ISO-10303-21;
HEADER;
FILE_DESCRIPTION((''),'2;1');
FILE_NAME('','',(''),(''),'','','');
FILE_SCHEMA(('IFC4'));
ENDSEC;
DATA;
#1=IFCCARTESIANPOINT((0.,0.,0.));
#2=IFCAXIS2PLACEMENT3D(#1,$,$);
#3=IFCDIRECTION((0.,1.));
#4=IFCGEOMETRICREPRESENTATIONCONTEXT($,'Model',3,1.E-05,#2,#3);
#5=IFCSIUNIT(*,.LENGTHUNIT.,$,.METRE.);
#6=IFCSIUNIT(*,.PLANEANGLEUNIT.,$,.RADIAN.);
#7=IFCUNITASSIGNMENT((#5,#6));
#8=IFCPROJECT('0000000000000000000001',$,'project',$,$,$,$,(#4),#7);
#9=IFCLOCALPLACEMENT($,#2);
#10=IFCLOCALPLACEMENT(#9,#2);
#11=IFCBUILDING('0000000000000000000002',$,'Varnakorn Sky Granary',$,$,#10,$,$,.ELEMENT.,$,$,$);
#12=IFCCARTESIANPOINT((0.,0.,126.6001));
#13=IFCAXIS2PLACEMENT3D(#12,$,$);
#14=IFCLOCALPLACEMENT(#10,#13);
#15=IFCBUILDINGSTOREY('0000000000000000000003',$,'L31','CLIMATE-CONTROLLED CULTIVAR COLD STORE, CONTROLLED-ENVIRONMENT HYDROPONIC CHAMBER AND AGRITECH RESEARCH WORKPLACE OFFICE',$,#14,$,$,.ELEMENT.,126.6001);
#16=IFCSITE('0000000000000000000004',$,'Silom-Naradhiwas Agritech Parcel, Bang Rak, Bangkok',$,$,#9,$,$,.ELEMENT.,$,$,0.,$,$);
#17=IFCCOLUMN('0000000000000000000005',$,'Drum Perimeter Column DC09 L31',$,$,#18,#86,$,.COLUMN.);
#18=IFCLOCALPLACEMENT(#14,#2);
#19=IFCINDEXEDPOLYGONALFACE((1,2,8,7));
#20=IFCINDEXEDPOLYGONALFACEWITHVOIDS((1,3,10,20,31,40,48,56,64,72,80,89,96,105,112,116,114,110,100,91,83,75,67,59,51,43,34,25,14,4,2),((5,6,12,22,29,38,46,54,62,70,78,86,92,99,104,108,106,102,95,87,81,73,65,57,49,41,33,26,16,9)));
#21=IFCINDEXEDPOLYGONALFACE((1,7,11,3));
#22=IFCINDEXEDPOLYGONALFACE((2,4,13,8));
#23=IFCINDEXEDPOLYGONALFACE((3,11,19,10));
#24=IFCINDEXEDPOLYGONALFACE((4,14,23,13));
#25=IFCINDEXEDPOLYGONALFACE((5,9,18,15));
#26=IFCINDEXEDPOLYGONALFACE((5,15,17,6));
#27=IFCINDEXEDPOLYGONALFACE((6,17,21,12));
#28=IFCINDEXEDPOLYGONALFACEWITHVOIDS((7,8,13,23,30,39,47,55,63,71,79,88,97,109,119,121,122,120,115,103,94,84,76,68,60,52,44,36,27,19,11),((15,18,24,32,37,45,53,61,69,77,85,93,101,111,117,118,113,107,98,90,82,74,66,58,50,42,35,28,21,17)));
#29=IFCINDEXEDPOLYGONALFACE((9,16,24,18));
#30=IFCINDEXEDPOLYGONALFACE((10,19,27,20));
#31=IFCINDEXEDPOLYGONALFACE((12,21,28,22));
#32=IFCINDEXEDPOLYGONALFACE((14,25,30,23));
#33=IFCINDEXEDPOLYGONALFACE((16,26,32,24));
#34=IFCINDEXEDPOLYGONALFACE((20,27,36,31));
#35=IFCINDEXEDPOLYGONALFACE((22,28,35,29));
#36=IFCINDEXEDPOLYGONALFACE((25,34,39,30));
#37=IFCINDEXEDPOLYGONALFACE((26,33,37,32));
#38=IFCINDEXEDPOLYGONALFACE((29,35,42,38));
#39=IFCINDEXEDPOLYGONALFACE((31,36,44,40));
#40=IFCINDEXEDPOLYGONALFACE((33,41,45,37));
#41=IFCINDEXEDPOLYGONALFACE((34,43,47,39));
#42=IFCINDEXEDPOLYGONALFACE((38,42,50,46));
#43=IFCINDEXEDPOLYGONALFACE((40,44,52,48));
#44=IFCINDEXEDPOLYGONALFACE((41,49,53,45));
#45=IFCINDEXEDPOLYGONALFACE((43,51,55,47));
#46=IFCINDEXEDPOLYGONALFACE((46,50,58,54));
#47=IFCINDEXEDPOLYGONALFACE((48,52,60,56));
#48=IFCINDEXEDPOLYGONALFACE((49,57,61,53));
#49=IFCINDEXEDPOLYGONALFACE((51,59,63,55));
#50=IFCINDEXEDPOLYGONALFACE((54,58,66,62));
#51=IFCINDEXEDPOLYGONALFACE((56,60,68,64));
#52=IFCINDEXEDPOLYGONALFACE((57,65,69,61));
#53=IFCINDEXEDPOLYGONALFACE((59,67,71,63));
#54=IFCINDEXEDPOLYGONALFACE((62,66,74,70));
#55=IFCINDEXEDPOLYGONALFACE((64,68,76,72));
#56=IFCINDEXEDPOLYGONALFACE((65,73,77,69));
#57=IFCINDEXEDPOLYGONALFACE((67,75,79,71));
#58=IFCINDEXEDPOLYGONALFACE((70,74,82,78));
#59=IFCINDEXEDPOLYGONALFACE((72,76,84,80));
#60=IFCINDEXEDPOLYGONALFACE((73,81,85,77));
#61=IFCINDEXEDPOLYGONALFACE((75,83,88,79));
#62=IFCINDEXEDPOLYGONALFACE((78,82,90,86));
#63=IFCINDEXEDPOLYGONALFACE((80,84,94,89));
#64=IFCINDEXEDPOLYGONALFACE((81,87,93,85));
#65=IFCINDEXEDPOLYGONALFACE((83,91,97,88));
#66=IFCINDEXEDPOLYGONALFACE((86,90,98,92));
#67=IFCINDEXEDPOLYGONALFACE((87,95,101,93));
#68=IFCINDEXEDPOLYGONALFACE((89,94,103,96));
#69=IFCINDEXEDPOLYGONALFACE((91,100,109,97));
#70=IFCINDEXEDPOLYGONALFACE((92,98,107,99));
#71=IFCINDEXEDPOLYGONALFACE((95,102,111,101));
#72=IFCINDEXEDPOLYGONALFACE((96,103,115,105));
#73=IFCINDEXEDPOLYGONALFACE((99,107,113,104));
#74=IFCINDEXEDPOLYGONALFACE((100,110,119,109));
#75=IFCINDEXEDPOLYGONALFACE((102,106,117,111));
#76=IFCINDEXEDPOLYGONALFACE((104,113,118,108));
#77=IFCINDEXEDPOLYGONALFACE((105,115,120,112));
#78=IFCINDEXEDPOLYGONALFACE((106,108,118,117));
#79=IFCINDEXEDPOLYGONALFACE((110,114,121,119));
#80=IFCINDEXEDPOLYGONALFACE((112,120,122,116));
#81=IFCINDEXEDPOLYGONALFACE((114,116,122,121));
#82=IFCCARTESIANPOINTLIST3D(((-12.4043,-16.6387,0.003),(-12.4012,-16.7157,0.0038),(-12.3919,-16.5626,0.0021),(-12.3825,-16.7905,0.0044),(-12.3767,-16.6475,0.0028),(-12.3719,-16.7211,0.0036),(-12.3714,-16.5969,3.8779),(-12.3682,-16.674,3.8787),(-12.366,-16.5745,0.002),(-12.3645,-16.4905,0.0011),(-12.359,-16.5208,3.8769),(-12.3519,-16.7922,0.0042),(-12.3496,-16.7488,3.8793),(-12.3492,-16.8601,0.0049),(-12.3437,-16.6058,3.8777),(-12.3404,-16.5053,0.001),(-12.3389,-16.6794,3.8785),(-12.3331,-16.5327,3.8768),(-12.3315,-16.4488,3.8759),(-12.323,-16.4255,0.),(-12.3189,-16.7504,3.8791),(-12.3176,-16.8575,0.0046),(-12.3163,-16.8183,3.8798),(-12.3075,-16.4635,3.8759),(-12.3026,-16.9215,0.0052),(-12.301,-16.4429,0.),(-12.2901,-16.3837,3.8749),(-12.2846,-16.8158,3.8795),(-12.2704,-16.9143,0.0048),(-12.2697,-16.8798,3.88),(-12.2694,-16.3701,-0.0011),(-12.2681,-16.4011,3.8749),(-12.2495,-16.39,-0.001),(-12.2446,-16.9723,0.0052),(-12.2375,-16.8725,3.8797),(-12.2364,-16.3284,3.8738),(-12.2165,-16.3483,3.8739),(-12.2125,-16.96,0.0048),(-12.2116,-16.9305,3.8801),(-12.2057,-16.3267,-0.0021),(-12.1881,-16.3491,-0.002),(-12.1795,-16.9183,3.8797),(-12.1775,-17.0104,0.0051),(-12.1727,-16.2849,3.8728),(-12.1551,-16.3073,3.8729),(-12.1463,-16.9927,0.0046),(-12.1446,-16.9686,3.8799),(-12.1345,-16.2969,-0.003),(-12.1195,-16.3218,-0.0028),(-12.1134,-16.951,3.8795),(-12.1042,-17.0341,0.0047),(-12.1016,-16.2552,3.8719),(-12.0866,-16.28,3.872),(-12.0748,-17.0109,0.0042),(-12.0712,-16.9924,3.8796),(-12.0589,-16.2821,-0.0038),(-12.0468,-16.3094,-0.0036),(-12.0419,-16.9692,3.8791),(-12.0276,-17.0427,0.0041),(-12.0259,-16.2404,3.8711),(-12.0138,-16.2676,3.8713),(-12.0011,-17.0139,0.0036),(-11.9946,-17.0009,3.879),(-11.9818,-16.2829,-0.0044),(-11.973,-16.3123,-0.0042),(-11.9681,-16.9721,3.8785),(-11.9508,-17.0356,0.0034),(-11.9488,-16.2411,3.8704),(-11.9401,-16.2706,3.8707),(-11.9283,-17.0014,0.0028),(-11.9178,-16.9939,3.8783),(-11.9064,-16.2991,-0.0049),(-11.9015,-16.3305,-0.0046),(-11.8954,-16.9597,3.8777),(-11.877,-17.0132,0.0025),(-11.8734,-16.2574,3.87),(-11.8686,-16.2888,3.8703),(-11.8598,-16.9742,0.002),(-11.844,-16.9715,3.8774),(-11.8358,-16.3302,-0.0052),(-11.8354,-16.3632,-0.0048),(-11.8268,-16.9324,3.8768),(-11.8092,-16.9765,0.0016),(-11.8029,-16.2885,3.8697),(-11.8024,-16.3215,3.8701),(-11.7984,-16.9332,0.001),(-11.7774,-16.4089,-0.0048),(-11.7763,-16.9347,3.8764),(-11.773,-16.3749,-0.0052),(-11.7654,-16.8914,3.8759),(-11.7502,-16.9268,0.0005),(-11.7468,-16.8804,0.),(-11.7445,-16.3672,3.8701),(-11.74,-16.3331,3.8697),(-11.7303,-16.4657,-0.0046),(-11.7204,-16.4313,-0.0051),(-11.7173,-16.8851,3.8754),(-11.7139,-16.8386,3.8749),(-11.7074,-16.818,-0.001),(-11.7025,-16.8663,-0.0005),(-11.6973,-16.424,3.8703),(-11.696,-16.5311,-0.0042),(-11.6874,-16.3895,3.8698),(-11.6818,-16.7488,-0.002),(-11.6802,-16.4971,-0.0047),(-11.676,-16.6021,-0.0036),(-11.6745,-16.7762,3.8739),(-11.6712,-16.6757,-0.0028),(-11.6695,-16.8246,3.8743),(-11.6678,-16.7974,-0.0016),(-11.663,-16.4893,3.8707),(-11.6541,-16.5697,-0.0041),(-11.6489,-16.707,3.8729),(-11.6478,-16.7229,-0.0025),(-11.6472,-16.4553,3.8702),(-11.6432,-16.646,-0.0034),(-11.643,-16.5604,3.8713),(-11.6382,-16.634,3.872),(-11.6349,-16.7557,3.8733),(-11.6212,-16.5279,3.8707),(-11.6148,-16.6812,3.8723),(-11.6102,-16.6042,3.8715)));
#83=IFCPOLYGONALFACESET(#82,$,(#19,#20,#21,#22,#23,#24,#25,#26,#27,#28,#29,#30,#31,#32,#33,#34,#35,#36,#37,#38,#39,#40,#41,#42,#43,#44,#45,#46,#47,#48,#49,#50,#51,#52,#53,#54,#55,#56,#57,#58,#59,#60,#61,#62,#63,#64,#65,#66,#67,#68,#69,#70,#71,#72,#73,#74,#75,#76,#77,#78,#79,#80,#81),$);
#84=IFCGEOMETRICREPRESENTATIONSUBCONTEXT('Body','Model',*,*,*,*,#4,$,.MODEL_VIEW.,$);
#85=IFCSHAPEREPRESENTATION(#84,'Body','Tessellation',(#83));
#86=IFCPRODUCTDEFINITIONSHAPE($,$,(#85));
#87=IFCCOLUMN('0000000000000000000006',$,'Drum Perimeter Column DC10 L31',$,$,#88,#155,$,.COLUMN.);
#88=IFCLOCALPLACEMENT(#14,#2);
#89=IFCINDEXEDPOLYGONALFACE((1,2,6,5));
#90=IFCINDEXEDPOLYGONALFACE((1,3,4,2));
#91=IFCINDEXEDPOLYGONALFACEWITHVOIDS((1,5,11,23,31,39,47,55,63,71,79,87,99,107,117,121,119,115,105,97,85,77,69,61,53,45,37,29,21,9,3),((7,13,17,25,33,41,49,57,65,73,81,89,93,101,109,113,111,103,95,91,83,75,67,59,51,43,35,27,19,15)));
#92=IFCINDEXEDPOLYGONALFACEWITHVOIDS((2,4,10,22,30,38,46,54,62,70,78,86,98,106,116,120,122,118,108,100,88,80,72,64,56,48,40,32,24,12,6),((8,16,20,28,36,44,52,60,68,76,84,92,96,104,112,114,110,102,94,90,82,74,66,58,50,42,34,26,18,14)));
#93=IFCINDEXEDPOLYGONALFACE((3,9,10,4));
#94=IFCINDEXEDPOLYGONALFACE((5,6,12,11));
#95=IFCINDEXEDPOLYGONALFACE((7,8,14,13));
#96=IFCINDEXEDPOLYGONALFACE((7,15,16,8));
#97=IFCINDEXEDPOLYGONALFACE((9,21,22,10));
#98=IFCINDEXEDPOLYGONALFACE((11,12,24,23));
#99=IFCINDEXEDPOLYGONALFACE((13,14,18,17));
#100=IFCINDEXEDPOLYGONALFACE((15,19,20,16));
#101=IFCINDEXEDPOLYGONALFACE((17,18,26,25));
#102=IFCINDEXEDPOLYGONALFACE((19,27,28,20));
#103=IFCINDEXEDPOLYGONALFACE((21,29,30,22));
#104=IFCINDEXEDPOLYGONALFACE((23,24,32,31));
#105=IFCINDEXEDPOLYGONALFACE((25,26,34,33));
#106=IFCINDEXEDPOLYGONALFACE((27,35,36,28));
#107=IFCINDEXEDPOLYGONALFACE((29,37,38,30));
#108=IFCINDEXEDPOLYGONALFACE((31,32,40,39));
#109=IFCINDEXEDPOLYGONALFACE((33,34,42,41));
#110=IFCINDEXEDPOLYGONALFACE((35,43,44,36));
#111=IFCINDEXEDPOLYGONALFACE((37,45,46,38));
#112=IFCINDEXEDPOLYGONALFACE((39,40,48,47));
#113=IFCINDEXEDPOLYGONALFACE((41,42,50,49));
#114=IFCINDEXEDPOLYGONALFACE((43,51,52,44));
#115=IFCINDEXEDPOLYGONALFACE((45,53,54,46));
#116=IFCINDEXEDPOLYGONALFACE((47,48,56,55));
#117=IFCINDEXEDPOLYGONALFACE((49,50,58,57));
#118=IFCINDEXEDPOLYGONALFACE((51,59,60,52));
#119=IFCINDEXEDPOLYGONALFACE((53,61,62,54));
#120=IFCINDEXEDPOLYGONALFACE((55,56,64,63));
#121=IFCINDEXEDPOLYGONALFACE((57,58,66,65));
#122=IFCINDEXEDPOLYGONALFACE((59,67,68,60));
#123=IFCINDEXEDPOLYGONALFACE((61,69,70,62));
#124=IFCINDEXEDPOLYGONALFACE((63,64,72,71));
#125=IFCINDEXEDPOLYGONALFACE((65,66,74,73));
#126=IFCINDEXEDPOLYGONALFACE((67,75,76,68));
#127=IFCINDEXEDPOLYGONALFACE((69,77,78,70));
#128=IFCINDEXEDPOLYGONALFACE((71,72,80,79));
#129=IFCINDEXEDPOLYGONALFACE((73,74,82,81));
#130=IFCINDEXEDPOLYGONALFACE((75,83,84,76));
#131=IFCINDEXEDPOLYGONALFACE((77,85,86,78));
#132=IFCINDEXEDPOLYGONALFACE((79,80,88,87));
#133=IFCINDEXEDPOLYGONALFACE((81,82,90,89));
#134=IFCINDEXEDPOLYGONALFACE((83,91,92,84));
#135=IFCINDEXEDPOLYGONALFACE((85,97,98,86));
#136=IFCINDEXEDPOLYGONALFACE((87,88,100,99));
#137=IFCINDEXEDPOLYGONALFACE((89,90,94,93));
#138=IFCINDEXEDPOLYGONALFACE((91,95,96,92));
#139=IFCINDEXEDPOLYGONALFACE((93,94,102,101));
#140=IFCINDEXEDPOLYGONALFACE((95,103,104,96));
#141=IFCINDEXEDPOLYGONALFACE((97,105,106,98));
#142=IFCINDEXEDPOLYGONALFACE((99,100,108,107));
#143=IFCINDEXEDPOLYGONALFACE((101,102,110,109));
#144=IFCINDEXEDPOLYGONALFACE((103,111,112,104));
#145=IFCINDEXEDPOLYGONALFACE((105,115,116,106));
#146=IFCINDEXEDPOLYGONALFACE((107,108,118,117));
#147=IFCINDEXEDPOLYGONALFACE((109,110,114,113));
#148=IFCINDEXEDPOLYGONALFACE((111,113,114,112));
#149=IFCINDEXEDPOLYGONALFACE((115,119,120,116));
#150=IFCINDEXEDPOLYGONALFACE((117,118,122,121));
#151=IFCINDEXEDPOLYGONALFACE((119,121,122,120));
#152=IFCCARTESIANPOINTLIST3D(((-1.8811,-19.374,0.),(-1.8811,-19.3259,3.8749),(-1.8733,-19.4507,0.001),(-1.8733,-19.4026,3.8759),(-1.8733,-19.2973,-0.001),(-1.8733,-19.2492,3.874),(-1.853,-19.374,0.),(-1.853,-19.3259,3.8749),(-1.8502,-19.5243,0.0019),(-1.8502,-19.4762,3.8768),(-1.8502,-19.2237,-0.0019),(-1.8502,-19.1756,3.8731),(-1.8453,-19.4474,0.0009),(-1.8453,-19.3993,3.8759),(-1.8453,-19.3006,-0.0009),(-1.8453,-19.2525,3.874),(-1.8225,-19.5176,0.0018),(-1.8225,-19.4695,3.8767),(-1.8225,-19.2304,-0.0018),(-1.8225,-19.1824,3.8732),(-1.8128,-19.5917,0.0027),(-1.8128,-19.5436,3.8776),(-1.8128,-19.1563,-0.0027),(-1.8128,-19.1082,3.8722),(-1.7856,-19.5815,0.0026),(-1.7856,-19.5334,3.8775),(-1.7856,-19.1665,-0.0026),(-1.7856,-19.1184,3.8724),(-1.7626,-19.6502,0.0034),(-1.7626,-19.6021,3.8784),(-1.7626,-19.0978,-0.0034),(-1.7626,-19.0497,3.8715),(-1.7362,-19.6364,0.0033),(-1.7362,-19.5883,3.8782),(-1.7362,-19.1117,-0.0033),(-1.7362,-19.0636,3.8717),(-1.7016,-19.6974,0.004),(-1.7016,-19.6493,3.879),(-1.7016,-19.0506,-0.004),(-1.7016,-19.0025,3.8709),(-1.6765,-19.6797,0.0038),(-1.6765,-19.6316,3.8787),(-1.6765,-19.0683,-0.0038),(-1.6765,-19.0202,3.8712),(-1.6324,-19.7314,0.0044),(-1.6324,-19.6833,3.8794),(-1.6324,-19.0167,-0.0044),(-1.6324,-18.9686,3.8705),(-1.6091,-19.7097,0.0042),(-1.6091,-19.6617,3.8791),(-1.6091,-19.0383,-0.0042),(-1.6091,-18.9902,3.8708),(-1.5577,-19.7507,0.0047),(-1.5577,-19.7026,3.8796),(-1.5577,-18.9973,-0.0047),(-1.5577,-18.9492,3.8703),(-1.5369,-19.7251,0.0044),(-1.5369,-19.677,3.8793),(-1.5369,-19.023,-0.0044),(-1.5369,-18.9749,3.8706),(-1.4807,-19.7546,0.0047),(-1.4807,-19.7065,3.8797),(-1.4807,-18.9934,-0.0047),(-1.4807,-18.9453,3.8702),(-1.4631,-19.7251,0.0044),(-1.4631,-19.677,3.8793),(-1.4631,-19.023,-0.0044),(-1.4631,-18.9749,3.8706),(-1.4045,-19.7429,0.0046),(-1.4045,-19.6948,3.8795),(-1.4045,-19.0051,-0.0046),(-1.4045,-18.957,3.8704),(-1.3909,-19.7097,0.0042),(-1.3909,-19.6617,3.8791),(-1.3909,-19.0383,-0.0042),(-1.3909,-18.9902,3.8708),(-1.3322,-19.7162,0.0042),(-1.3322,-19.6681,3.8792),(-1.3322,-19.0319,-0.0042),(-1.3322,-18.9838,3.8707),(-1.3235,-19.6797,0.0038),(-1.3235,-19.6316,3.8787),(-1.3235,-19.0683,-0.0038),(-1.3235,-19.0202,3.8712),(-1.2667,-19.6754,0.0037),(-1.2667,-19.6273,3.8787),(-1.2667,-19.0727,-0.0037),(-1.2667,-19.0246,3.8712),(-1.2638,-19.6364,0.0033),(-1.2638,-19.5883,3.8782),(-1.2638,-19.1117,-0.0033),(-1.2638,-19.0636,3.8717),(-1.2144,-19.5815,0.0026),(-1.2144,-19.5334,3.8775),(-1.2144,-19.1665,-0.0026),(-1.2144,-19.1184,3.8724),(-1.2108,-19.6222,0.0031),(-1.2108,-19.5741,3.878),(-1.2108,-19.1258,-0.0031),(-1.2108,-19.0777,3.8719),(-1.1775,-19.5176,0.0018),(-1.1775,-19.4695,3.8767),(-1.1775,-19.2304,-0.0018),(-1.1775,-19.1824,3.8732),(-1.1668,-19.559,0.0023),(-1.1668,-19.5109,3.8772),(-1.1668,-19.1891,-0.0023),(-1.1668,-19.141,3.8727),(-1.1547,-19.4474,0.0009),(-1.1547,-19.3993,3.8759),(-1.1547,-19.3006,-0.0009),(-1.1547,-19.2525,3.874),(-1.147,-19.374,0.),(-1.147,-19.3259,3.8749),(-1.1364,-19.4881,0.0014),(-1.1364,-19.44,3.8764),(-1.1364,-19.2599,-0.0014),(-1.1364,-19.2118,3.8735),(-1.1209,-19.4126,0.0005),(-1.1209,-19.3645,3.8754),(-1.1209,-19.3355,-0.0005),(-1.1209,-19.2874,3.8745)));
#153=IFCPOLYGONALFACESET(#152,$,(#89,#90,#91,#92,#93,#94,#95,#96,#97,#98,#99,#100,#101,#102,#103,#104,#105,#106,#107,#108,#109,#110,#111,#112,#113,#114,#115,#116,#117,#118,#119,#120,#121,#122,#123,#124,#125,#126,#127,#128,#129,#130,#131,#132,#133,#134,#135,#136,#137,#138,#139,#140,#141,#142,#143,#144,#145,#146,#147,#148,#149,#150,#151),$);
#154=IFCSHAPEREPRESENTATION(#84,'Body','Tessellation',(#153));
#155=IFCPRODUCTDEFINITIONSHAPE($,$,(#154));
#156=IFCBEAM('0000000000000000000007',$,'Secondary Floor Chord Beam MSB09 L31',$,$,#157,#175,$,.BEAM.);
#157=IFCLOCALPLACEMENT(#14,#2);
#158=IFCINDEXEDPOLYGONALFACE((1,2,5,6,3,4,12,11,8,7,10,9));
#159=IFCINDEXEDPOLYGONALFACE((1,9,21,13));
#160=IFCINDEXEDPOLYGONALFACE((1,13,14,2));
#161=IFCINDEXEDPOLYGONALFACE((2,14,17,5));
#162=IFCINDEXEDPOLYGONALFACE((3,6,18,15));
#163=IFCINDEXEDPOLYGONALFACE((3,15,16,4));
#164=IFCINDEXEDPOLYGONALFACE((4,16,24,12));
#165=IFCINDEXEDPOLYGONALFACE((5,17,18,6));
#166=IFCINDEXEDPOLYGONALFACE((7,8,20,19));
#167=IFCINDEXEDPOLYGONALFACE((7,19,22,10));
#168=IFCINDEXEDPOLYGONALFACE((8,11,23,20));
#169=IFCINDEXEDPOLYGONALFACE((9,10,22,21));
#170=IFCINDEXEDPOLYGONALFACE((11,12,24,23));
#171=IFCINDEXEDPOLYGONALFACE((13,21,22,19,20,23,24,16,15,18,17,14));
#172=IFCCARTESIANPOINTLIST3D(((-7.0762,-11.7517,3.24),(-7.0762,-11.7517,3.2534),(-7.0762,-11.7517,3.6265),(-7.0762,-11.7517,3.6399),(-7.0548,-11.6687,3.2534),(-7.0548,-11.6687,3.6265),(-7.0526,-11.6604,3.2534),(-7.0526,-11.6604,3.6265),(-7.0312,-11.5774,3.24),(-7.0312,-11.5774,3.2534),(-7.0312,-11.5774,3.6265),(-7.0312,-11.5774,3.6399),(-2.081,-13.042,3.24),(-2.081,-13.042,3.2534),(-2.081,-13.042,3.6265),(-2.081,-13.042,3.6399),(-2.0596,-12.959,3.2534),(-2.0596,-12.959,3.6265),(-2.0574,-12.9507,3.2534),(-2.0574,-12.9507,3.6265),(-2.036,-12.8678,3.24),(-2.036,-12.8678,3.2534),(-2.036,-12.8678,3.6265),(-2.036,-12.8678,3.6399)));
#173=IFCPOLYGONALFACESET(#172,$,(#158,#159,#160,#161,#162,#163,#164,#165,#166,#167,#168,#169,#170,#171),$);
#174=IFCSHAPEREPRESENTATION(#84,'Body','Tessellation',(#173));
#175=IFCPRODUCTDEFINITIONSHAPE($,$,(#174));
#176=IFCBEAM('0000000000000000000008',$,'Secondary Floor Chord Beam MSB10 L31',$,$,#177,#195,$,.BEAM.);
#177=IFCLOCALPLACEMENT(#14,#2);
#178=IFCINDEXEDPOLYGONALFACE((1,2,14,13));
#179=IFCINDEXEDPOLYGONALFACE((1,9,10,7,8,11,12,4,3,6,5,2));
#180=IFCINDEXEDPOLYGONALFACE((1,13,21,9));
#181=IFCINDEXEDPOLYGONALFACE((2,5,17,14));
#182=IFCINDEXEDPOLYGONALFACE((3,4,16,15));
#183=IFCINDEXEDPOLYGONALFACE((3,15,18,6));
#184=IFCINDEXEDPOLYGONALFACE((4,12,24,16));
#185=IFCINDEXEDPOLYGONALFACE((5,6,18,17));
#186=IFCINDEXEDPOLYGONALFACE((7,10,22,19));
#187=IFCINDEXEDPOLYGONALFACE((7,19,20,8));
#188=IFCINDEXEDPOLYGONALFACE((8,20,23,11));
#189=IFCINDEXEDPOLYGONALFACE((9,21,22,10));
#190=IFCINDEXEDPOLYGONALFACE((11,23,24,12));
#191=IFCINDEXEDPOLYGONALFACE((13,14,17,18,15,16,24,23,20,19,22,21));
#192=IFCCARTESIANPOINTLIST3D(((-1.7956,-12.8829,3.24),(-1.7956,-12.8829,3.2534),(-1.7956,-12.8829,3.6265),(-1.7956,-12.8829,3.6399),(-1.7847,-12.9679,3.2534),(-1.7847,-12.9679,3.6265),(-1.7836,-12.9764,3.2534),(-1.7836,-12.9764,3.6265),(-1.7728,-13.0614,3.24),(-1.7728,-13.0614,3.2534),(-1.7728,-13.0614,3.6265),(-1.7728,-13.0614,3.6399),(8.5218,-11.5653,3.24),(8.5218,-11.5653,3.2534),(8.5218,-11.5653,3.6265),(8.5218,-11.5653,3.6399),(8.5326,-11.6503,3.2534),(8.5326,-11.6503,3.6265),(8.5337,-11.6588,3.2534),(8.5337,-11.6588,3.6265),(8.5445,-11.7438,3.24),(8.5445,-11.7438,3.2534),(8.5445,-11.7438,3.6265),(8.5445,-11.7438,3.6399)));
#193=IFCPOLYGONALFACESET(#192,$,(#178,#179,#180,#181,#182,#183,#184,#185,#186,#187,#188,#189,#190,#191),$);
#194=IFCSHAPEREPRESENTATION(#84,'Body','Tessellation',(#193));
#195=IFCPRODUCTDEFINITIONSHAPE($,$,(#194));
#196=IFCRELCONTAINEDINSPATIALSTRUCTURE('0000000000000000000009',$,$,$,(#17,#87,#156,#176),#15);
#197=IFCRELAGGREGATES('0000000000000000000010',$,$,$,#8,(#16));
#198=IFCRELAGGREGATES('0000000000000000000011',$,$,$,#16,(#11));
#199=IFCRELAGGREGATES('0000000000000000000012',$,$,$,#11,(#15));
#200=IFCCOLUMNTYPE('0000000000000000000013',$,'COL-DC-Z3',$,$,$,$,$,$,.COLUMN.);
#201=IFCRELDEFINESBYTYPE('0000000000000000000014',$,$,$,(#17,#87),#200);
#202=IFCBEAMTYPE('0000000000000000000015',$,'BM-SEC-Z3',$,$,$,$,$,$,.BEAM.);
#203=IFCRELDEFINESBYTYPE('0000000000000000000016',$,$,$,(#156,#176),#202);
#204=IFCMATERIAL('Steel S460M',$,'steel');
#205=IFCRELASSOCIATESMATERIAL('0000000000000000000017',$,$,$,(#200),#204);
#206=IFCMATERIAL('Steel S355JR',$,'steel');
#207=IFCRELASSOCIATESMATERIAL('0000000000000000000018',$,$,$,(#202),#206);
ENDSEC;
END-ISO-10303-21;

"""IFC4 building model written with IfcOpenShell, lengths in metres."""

from ifc_helpers import new_model, si_unit, direction, frame, origin, origin_2d, place, context, subcontext, project, spatial, hollow_circle, i_section, extrude, material, material_profile, profile_set, type_object, element, save


model = new_model("IFC4")

# Units and contexts
model_context = context("Model", 3, precision=1e-05, world=origin(), true_north=direction((0.0, 1.0)))
body_context = subcontext(model_context, "Body", "Model", "MODEL_VIEW")
ifc_project = project(units=[si_unit("LENGTHUNIT", "METRE"), si_unit("PLANEANGLEUNIT", "RADIAN")], contexts=[model_context])

# Site, building, storey
site_placement = place(None, origin())
site = spatial("IfcSite", under=ifc_project, at=site_placement, Name="Silom-Naradhiwas Agritech Parcel, Bang Rak, Bangkok", CompositionType="ELEMENT", RefElevation=0.0)
building_placement = place(site_placement, origin())
building = spatial("IfcBuilding", under=site, at=building_placement, Name="Varnakorn Sky Granary", CompositionType="ELEMENT")
storey_placement = place(building_placement, frame((0.0, 0.0, 126.6001)))
storey = spatial("IfcBuildingStorey", under=building, at=storey_placement, Name="L31", Description="CLIMATE-CONTROLLED CULTIVAR COLD STORE, CONTROLLED-ENVIRONMENT HYDROPONIC CHAMBER AND AGRITECH RESEARCH WORKPLACE OFFICE", CompositionType="ELEMENT", Elevation=126.6001)

# Columns
ifc_material_1 = material(Name="Steel S460M", Category="steel")
ifc_material_profile_1 = material_profile(ifc_material_1, hollow_circle(Radius=0.3811, WallThickness=0.0281, at=origin_2d()), Name="CHS 762x28")
ifc_profile_set_1 = profile_set([ifc_material_profile_1], Name="Steel S460M")
column_type = type_object("IfcColumnType", Name="COL-DC-Z3", PredefinedType="COLUMN", material=ifc_profile_set_1)
for number, where, z_axis, x_axis, name in (
    (1, (-12.0239, -16.6616, 0.0), (0.008505, 0.010773, 0.999906), (-0.784883, 0.619644, 0.0), "Drum Perimeter Column DC09 L31"),
    (2, (-1.5, -19.374, 0.0), (0.0, 0.012411, 0.999923), (-1.0, 0.0, 0.0), "Drum Perimeter Column DC10 L31"),
):
    element("IfcColumn", number, at=place(storey_placement, frame(where, z_axis=z_axis, x_axis=x_axis)), inside=storey, type_object=column_type, Name=name, PredefinedType="COLUMN", context=body_context, shape_type="SweptSolid", body=[
        extrude(hollow_circle(Radius=0.3811, WallThickness=0.0281, at=origin_2d()), origin(), (0.0, 0.0, 1.0), 3.8752),
    ])

# Beams
ifc_material_2 = material(Name="Steel S355JR", Category="steel")
ifc_material_profile_2 = material_profile(ifc_material_2, i_section(OverallWidth=0.1799, OverallDepth=0.3999, WebThickness=0.0085, FlangeThickness=0.0134, at=origin_2d()), Name="IPE 400")
ifc_profile_set_2 = profile_set([ifc_material_profile_2], Name="Steel S355JR")
beam_type_1 = type_object("IfcBeamType", Name="BM-SEC-Z3", PredefinedType="BEAM", material=ifc_profile_set_2)
beam_1_placement = place(storey_placement, frame((-7.0537, -11.6646, 3.4399), z_axis=(0.96822, -0.2501, 0.0), x_axis=(0.2501, 0.96822, 0.0)))
element("IfcBeam", 3, at=beam_1_placement, inside=storey, type_object=beam_type_1, Name="Secondary Floor Chord Beam MSB09 L31", PredefinedType="BEAM", context=body_context, shape_type="SweptSolid", body=[
    extrude(i_section(OverallWidth=0.1799, OverallDepth=0.3999, WebThickness=0.0085, FlangeThickness=0.0134, at=origin_2d()), origin(), (0.0, 0.0, 1.0), 5.1592),
])
beam_2_placement = place(storey_placement, frame((-1.7842, -12.9722, 3.4399), z_axis=(0.991944, 0.126681, 0.0), x_axis=(-0.126681, 0.991944, 0.0)))
element("IfcBeam", 4, at=beam_2_placement, inside=storey, type_object=beam_type_1, Name="Secondary Floor Chord Beam MSB10 L31", PredefinedType="BEAM", context=body_context, shape_type="SweptSolid", body=[
    extrude(i_section(OverallWidth=0.1799, OverallDepth=0.3999, WebThickness=0.0085, FlangeThickness=0.0134, at=origin_2d()), origin(), (0.0, 0.0, 1.0), 10.4011),
])

save(model, "model.ifc")
